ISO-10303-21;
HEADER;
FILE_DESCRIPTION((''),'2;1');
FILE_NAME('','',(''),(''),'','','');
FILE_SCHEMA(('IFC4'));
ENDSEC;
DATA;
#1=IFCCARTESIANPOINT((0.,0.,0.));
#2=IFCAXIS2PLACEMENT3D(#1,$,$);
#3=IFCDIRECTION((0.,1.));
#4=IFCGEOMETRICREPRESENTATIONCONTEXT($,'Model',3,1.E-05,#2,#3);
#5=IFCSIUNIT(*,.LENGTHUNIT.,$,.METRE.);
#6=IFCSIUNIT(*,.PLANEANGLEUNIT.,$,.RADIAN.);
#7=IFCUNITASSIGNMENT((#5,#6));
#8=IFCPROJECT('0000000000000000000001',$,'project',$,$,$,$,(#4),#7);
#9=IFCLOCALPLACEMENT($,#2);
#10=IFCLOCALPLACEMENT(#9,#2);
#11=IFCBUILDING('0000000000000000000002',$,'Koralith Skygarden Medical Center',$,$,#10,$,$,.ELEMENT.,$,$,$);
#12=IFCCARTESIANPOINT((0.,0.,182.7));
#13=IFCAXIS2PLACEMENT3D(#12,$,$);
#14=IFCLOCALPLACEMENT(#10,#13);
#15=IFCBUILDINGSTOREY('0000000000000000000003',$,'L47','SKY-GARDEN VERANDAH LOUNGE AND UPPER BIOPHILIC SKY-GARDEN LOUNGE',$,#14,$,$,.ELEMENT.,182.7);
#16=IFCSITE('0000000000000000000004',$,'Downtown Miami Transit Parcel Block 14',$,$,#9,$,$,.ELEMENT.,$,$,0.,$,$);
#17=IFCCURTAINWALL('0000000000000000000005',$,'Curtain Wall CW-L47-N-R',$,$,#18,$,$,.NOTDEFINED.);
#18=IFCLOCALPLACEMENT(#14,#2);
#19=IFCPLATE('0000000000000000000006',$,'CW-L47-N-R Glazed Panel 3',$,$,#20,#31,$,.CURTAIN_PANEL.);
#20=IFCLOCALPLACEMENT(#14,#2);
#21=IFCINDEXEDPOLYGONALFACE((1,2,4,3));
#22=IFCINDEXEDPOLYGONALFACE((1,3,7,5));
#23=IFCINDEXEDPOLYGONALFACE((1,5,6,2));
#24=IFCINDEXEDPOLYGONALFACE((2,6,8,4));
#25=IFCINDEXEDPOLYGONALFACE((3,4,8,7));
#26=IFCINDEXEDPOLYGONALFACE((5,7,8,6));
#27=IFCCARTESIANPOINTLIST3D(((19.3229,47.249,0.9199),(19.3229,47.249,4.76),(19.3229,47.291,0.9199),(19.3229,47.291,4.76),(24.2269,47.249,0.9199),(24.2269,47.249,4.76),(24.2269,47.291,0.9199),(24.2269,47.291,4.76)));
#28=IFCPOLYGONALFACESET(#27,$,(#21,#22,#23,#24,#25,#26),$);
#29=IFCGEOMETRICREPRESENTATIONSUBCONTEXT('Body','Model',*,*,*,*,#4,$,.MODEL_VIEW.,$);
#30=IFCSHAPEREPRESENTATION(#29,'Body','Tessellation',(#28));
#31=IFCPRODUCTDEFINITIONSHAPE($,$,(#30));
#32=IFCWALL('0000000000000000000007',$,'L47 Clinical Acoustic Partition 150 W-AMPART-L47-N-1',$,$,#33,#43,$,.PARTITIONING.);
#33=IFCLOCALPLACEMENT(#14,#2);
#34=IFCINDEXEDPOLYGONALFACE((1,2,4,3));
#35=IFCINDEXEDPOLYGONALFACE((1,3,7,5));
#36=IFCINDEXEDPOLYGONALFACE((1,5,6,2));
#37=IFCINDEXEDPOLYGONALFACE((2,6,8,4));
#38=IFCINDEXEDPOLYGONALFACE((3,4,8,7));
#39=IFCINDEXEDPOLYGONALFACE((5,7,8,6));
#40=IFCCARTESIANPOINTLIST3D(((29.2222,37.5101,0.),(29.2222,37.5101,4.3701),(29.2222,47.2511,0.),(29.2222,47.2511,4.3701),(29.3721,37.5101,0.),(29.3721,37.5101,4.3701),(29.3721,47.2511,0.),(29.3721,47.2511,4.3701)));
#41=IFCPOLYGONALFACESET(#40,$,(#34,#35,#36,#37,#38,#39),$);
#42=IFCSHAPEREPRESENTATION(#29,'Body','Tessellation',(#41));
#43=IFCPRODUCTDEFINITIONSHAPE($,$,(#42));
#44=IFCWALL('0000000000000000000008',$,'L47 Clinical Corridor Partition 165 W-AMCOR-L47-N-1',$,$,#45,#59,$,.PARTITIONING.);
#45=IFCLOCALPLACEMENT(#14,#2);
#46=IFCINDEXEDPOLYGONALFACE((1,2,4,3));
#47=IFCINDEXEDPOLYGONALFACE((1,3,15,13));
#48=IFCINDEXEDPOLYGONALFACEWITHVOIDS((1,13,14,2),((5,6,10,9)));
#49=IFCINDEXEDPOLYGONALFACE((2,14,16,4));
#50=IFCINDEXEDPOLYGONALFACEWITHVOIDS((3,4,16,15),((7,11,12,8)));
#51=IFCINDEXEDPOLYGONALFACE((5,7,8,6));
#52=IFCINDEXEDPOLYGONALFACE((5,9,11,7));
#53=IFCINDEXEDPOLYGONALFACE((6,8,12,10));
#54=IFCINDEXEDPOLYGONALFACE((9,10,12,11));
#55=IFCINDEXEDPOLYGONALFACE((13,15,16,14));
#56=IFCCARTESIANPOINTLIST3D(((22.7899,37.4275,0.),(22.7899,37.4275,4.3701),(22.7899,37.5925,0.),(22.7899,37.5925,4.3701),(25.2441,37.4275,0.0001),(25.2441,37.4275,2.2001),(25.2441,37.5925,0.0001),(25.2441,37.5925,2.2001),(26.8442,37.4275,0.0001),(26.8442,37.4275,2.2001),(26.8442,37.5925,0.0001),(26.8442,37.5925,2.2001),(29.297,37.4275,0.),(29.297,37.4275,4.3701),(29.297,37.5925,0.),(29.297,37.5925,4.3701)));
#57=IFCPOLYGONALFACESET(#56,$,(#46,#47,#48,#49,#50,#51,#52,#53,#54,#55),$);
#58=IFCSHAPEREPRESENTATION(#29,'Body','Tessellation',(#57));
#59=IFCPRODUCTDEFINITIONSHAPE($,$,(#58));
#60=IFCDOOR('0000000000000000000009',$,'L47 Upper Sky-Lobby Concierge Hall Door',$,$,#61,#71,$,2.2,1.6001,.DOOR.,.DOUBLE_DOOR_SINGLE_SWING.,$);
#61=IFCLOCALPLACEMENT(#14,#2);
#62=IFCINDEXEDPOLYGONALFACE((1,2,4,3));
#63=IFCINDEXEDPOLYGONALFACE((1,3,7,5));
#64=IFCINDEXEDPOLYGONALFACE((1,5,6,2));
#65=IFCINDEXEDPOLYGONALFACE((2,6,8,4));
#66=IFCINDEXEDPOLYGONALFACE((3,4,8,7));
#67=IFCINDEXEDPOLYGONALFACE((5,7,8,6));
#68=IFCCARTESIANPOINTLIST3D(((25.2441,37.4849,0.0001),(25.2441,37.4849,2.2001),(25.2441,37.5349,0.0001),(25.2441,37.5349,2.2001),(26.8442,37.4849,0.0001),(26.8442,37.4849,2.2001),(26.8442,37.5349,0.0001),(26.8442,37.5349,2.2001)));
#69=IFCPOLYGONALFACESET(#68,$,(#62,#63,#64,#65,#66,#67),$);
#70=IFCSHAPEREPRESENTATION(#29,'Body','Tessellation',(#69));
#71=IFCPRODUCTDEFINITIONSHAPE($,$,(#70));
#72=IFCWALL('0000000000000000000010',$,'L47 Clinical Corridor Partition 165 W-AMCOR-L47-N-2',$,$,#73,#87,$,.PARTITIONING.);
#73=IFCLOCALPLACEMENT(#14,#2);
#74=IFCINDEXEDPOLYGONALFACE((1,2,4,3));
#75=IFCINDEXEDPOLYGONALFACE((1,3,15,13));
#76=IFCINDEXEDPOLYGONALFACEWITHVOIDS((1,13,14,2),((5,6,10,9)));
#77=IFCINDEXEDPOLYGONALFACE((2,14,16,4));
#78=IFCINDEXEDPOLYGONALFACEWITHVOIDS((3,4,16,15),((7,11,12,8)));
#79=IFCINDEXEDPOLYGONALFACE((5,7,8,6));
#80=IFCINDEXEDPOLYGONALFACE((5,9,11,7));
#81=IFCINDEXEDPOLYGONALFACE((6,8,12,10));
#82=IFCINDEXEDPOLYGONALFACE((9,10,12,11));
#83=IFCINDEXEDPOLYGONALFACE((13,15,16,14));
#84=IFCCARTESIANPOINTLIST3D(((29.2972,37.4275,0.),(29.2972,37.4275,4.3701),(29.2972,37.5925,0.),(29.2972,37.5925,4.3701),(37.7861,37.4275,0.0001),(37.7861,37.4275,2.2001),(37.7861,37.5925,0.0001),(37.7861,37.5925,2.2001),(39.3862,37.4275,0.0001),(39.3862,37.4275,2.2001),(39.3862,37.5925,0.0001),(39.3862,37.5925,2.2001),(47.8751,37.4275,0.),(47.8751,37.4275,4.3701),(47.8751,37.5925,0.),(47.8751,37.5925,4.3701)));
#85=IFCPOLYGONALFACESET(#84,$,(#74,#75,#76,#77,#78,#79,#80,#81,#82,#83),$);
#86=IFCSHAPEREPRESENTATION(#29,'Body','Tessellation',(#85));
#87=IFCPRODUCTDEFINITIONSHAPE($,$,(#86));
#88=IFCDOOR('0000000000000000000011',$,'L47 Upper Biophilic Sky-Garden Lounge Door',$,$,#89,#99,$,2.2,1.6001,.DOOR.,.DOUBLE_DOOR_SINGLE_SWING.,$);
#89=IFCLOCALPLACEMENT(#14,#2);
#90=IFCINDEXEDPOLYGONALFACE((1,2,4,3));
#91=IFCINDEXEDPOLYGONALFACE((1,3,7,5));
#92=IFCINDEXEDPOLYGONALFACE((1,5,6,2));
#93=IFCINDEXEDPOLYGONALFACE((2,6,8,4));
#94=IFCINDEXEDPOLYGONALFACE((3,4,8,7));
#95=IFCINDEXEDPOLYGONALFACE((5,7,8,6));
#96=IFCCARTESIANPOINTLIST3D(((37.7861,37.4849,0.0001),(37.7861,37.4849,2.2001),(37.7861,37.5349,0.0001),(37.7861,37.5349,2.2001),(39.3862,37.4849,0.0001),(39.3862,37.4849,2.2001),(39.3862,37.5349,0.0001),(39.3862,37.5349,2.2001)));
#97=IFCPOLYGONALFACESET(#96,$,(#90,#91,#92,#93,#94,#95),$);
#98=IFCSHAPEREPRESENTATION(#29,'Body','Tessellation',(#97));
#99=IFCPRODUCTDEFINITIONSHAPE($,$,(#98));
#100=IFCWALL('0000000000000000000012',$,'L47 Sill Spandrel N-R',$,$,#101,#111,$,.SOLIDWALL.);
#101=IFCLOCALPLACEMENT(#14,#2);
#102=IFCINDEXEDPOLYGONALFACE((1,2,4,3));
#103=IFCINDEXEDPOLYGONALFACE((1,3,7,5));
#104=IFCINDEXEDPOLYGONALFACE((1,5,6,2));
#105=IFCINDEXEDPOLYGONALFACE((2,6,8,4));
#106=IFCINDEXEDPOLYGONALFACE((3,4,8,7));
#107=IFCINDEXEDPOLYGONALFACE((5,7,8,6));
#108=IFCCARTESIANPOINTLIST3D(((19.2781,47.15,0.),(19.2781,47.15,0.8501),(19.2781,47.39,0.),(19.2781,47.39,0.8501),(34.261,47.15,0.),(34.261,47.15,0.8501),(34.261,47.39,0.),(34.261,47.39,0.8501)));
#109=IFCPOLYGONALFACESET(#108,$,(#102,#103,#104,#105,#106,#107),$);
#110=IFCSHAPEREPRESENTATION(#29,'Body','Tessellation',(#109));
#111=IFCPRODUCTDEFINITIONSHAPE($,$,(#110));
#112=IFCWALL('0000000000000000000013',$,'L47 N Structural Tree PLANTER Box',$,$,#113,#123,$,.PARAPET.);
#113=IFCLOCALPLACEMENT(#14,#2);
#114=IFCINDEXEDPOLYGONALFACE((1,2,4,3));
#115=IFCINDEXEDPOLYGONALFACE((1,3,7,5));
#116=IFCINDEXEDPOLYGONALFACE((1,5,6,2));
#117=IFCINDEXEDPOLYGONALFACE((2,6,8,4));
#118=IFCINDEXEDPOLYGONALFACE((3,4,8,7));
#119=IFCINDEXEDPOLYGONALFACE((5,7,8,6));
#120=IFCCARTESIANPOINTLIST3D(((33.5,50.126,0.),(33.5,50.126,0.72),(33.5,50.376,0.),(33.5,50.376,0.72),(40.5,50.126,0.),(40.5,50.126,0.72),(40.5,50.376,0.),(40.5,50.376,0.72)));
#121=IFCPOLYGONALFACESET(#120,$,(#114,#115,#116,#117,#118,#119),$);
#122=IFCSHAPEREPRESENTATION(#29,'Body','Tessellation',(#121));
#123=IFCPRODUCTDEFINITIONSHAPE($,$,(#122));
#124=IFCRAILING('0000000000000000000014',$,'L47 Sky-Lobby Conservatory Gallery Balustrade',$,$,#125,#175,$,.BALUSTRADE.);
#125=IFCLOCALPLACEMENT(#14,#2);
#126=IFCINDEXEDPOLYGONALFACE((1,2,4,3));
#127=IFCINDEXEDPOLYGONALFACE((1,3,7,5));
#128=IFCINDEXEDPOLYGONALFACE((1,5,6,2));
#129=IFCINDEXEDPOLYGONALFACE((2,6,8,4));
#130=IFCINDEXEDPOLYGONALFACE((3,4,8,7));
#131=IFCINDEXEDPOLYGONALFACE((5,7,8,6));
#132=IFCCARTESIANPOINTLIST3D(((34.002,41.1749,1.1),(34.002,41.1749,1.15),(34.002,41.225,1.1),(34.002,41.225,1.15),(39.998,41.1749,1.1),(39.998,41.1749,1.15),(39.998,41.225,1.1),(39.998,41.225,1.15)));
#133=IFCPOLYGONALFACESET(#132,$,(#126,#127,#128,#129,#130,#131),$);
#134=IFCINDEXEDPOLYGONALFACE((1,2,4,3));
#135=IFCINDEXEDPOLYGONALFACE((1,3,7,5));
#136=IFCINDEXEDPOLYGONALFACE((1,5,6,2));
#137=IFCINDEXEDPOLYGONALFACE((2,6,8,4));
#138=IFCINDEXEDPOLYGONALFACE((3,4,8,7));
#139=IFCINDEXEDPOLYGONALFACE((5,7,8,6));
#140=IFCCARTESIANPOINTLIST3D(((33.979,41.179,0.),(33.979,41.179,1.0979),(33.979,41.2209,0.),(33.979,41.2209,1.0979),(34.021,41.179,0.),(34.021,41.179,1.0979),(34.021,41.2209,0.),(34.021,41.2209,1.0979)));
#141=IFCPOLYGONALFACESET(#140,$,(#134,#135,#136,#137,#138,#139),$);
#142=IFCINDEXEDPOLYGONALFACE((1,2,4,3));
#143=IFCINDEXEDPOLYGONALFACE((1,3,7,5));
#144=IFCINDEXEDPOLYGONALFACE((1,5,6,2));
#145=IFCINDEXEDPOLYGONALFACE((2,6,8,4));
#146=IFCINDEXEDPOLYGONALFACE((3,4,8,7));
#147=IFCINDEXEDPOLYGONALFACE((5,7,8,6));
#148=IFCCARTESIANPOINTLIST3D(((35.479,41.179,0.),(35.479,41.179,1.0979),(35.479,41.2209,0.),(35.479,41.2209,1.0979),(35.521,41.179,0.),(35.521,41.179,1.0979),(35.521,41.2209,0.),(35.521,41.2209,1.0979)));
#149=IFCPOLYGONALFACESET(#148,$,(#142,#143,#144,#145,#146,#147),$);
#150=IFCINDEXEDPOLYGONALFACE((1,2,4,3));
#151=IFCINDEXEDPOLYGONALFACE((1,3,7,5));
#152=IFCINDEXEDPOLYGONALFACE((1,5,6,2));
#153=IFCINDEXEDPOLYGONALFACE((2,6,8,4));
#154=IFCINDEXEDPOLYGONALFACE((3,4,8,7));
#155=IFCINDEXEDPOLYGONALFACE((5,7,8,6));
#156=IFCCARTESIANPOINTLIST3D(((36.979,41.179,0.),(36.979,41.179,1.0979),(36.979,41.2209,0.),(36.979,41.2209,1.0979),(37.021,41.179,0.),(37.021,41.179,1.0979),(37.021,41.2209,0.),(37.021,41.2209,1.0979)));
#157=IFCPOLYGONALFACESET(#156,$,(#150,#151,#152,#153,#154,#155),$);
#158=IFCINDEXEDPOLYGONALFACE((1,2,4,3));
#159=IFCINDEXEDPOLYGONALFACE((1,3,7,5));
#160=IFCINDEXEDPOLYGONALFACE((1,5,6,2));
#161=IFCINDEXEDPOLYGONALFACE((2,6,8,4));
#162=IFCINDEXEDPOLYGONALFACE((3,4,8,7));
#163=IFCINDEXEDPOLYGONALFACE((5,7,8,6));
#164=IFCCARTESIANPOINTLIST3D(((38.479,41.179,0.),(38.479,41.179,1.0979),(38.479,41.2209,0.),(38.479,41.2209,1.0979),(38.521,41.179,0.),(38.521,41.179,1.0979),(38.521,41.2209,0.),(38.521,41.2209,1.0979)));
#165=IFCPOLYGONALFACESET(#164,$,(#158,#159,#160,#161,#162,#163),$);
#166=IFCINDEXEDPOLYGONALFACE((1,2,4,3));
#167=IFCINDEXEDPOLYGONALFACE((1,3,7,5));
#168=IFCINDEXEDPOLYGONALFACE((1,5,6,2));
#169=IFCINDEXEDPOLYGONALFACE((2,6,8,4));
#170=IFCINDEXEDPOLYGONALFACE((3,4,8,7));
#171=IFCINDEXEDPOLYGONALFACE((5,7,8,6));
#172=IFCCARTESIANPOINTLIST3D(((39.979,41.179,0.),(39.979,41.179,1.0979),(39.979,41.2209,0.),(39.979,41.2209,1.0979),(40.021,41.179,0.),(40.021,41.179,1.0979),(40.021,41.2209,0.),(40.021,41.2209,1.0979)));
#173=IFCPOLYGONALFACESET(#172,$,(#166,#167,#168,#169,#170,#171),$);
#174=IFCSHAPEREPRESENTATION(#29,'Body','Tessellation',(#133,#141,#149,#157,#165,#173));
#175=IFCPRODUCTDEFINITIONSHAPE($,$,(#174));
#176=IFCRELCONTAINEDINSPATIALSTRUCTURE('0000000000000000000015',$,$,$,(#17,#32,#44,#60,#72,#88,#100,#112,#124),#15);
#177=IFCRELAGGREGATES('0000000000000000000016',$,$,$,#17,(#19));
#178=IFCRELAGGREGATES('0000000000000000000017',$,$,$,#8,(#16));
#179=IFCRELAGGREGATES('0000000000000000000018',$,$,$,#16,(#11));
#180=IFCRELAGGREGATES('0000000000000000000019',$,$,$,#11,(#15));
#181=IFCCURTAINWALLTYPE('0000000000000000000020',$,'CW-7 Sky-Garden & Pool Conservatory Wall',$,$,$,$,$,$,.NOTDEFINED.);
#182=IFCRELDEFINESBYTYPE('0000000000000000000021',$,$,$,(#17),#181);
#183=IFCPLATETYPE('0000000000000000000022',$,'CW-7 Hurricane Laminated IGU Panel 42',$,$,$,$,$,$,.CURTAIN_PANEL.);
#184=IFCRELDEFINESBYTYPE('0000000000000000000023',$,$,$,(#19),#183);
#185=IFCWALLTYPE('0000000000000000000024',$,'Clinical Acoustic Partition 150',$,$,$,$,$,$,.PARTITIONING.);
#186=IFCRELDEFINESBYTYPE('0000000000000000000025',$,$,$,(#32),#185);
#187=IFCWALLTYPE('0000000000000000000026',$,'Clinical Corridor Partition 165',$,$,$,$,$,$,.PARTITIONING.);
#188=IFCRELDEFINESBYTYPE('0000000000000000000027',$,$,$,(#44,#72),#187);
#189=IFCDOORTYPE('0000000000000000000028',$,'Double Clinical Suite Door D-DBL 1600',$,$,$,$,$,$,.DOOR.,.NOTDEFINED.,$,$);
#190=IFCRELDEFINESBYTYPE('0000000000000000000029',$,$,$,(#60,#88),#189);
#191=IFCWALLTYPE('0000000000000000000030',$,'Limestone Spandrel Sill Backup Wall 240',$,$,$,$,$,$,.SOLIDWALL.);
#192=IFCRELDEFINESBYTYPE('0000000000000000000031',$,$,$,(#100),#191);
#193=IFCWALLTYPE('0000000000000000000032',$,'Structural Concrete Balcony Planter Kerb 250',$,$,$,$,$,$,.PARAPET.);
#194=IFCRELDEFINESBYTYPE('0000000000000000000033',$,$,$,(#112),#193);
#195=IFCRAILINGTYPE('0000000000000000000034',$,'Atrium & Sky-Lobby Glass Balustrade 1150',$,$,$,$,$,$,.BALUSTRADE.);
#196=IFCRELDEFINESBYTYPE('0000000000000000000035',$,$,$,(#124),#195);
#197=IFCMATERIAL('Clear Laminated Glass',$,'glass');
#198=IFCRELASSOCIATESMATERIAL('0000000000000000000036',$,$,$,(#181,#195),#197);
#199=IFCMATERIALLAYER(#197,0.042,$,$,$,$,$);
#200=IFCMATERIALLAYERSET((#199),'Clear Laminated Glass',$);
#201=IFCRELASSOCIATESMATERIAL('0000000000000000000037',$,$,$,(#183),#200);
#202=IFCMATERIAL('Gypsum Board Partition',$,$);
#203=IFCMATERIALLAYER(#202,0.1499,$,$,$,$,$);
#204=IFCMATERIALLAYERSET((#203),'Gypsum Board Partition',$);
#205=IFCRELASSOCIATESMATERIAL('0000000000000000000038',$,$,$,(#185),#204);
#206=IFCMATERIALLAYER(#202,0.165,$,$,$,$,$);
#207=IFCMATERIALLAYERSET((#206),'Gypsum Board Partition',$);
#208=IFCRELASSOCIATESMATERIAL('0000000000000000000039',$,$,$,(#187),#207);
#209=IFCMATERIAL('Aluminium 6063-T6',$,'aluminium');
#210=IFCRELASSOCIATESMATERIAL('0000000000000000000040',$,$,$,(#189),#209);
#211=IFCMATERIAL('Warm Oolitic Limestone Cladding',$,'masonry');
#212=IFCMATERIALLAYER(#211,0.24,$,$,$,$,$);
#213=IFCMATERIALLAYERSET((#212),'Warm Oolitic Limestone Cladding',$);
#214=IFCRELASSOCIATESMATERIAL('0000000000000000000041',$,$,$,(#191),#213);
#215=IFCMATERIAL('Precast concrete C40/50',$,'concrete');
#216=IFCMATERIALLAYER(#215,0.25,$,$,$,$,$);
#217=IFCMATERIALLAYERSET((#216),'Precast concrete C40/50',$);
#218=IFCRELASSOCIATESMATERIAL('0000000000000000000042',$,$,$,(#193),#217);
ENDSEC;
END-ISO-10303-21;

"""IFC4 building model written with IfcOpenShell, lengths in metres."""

from ifc_helpers import new_model, si_unit, direction, frame, frame_2d, origin, origin_2d, place, context, subcontext, project, spatial, rectangle, extrude, material, layer, layer_set, type_object, element, fill, aggregate, save


model = new_model("IFC4")

# Units and contexts
model_context = context("Model", 3, precision=1e-05, world=origin(), true_north=direction((0.0, 1.0)))
body_context = subcontext(model_context, "Body", "Model", "MODEL_VIEW")
ifc_project = project(units=[si_unit("LENGTHUNIT", "METRE"), si_unit("PLANEANGLEUNIT", "RADIAN")], contexts=[model_context])

# Site, building, storey
site_placement = place(None, origin())
site = spatial("IfcSite", under=ifc_project, at=site_placement, Name="Downtown Miami Transit Parcel Block 14", CompositionType="ELEMENT", RefElevation=0.0)
building_placement = place(site_placement, origin())
building = spatial("IfcBuilding", under=site, at=building_placement, Name="Koralith Skygarden Medical Center", CompositionType="ELEMENT")
storey_placement = place(building_placement, frame((0.0, 0.0, 182.7)))
storey = spatial("IfcBuildingStorey", under=building, at=storey_placement, Name="L47", Description="SKY-GARDEN VERANDAH LOUNGE AND UPPER BIOPHILIC SKY-GARDEN LOUNGE", CompositionType="ELEMENT", Elevation=182.7)

# Curtain wall
ifc_material_1 = material(Name="Clear Laminated Glass", Category="glass")
curtain_wall_type = type_object("IfcCurtainWallType", Name="CW-7 Sky-Garden & Pool Conservatory Wall", PredefinedType="NOTDEFINED", material=ifc_material_1)
curtain_wall_placement = place(storey_placement, origin())
curtain_wall = element("IfcCurtainWall", 1, at=curtain_wall_placement, inside=storey, type_object=curtain_wall_type, Name="Curtain Wall CW-L47-N-R", PredefinedType="NOTDEFINED")
ifc_material_2 = material(Name="Aluminium 6063-T6", Category="aluminium")

# Plate
ifc_layer_1 = layer(ifc_material_1, 0.042)
ifc_layer_set_1 = layer_set([ifc_layer_1], Name="Clear Laminated Glass")
plate_type = type_object("IfcPlateType", Name="CW-7 Hurricane Laminated IGU Panel 42", PredefinedType="CURTAIN_PANEL", material=ifc_layer_set_1)
plate_1_placement = place(storey_placement, frame((21.7749, 47.27, 0.9199), z_axis=(0.0, 0.0, 1.0), x_axis=(-1.0, 0.0, 0.0)))
plate_1 = element("IfcPlate", 2, at=plate_1_placement, type_object=plate_type, Name="CW-L47-N-R Glazed Panel 3", PredefinedType="CURTAIN_PANEL", context=body_context, shape_type="SweptSolid", body=[
    extrude(rectangle(XDim=4.9041, YDim=0.042, at=origin_2d()), origin(), (0.0, 0.0, 1.0), 3.8401),
])
aggregate(curtain_wall, [plate_1])

# Wall
ifc_material_3 = material(Name="Gypsum Board Partition")
ifc_layer_2 = layer(ifc_material_3, 0.1499)
ifc_layer_set_2 = layer_set([ifc_layer_2], Name="Gypsum Board Partition")
wall_type_1 = type_object("IfcWallType", Name="Clinical Acoustic Partition 150", PredefinedType="PARTITIONING", material=ifc_layer_set_2)
wall_1_placement = place(storey_placement, frame((29.2971, 37.51, 0.0), z_axis=(0.0, 0.0, 1.0), x_axis=(0.0, 1.0, 0.0)))
element("IfcWall", 3, at=wall_1_placement, inside=storey, type_object=wall_type_1, Name="L47 Clinical Acoustic Partition 150 W-AMPART-L47-N-1", PredefinedType="PARTITIONING", context=body_context, shape_type="SweptSolid", body=[
    extrude(rectangle(XDim=9.741, YDim=0.1499, at=frame_2d((4.8706, 0.0))), origin(), (0.0, 0.0, 1.0), 4.3701),
])

# Walls, openings, doors
ifc_layer_3 = layer(ifc_material_3, 0.165)
ifc_layer_set_3 = layer_set([ifc_layer_3], Name="Gypsum Board Partition")
wall_type_2 = type_object("IfcWallType", Name="Clinical Corridor Partition 165", PredefinedType="PARTITIONING", material=ifc_layer_set_3)
wall_2_placement = place(storey_placement, frame((22.79, 37.51, 0.0), z_axis=(0.0, 0.0, 1.0), x_axis=(1.0, 0.0, 0.0)))
wall_2 = element("IfcWall", 4, at=wall_2_placement, inside=storey, type_object=wall_type_2, Name="L47 Clinical Corridor Partition 165 W-AMCOR-L47-N-1", PredefinedType="PARTITIONING", context=body_context, shape_type="SweptSolid", body=[
    extrude(rectangle(XDim=6.5071, YDim=0.165, at=frame_2d((3.2534, 0.0))), origin(), (0.0, 0.0, 1.0), 4.3701),
])
opening_1_placement = place(wall_2_placement, frame((2.4541, 0.0, 0.0)))
opening_1 = element("IfcOpeningElement", 5, at=opening_1_placement, cuts=wall_2, PredefinedType="OPENING", context=body_context, shape_type="SweptSolid", body=[
    extrude(rectangle(XDim=1.6001, YDim=2.2, at=frame_2d((0.8, 1.1001))), frame((0.0, 0.0925, 0.0), z_axis=(0.0, -1.0, 0.0), x_axis=(1.0, 0.0, 0.0)), (0.0, 0.0, 1.0), 0.1851),
])
door_type = type_object("IfcDoorType", Name="Double Clinical Suite Door D-DBL 1600", OperationType="NOTDEFINED", PredefinedType="DOOR", material=ifc_material_2)
door_1_placement = place(opening_1_placement, origin())
door_1 = element("IfcDoor", 6, at=door_1_placement, inside=storey, type_object=door_type, Name="L47 Upper Sky-Lobby Concierge Hall Door", OperationType="DOUBLE_DOOR_SINGLE_SWING", OverallHeight=2.2, OverallWidth=1.6001, PredefinedType="DOOR", context=body_context, shape_type="SweptSolid", body=[
    extrude(rectangle(XDim=1.6001, YDim=2.2, at=frame_2d((0.8, 1.1001))), frame((0.0, 0.0249, 0.0), z_axis=(0.0, -1.0, 0.0), x_axis=(1.0, 0.0, 0.0)), (0.0, 0.0, 1.0), 0.05),
])
fill(opening_1, door_1)
wall_3_placement = place(storey_placement, frame((29.2971, 37.51, 0.0), z_axis=(0.0, 0.0, 1.0), x_axis=(1.0, 0.0, 0.0)))
wall_3 = element("IfcWall", 7, at=wall_3_placement, inside=storey, type_object=wall_type_2, Name="L47 Clinical Corridor Partition 165 W-AMCOR-L47-N-2", PredefinedType="PARTITIONING", context=body_context, shape_type="SweptSolid", body=[
    extrude(rectangle(XDim=18.5779, YDim=0.165, at=frame_2d((9.2891, 0.0))), origin(), (0.0, 0.0, 1.0), 4.3701),
])
opening_2_placement = place(wall_3_placement, frame((8.489, 0.0, 0.0)))
opening_2 = element("IfcOpeningElement", 8, at=opening_2_placement, cuts=wall_3, PredefinedType="OPENING", context=body_context, shape_type="SweptSolid", body=[
    extrude(rectangle(XDim=1.6001, YDim=2.2, at=frame_2d((0.8, 1.1001))), frame((0.0, 0.0925, 0.0), z_axis=(0.0, -1.0, 0.0), x_axis=(1.0, 0.0, 0.0)), (0.0, 0.0, 1.0), 0.1851),
])
door_2_placement = place(opening_2_placement, origin())
door_2 = element("IfcDoor", 9, at=door_2_placement, inside=storey, type_object=door_type, Name="L47 Upper Biophilic Sky-Garden Lounge Door", OperationType="DOUBLE_DOOR_SINGLE_SWING", OverallHeight=2.2, OverallWidth=1.6001, PredefinedType="DOOR", context=body_context, shape_type="SweptSolid", body=[
    extrude(rectangle(XDim=1.6001, YDim=2.2, at=frame_2d((0.8, 1.1001))), frame((0.0, 0.0249, 0.0), z_axis=(0.0, -1.0, 0.0), x_axis=(1.0, 0.0, 0.0)), (0.0, 0.0, 1.0), 0.05),
])
fill(opening_2, door_2)

# Walls
ifc_material_4 = material(Name="Warm Oolitic Limestone Cladding", Category="masonry")
ifc_layer_4 = layer(ifc_material_4, 0.24)
ifc_layer_set_4 = layer_set([ifc_layer_4], Name="Warm Oolitic Limestone Cladding")
wall_type_3 = type_object("IfcWallType", Name="Limestone Spandrel Sill Backup Wall 240", PredefinedType="SOLIDWALL", material=ifc_layer_set_4)
wall_4_placement = place(storey_placement, frame((34.261, 47.27, 0.0), z_axis=(0.0, 0.0, 1.0), x_axis=(-1.0, 0.0, 0.0)))
element("IfcWall", 10, at=wall_4_placement, inside=storey, type_object=wall_type_3, Name="L47 Sill Spandrel N-R", PredefinedType="SOLIDWALL", context=body_context, shape_type="SweptSolid", body=[
    extrude(rectangle(XDim=14.9829, YDim=0.24, at=frame_2d((7.4915, 0.0))), origin(), (0.0, 0.0, 1.0), 0.8501),
])
ifc_material_5 = material(Name="Precast concrete C40/50", Category="concrete")
ifc_layer_5 = layer(ifc_material_5, 0.25)
ifc_layer_set_5 = layer_set([ifc_layer_5], Name="Precast concrete C40/50")
wall_type_4 = type_object("IfcWallType", Name="Structural Concrete Balcony Planter Kerb 250", PredefinedType="PARAPET", material=ifc_layer_set_5)
wall_5_placement = place(storey_placement, frame((33.5, 50.251, 0.0), z_axis=(0.0, 0.0, 1.0), x_axis=(1.0, 0.0, 0.0)))
element("IfcWall", 11, at=wall_5_placement, inside=storey, type_object=wall_type_4, Name="L47 N Structural Tree PLANTER Box", PredefinedType="PARAPET", context=body_context, shape_type="SweptSolid", body=[
    extrude(rectangle(XDim=7.0, YDim=0.25, at=frame_2d((3.5, 0.0))), origin(), (0.0, 0.0, 1.0), 0.72),
])

# Railing
railing_type = type_object("IfcRailingType", Name="Atrium & Sky-Lobby Glass Balustrade 1150", PredefinedType="BALUSTRADE", material=ifc_material_1)
railing_placement = place(storey_placement, frame((34.0, 41.2, 0.0)))
element("IfcRailing", 12, at=railing_placement, inside=storey, type_object=railing_type, Name="L47 Sky-Lobby Conservatory Gallery Balustrade", PredefinedType="BALUSTRADE", context=body_context, shape_type="SweptSolid", body=[
    extrude(rectangle(XDim=0.05, YDim=0.05, at=origin_2d()), frame((0.002, 0.0, 1.125), z_axis=(1.0, 0.0, 0.0), x_axis=(0.0, 1.0, 0.0)), (0.0, 0.0, 1.0), 5.9961),
    extrude(rectangle(XDim=0.042, YDim=0.042, at=origin_2d()), origin(), (0.0, 0.0, 1.0), 1.0979),
    extrude(rectangle(XDim=0.042, YDim=0.042, at=origin_2d()), frame((1.5, 0.0, 0.0)), (0.0, 0.0, 1.0), 1.0979),
    extrude(rectangle(XDim=0.042, YDim=0.042, at=origin_2d()), frame((3.0, 0.0, 0.0)), (0.0, 0.0, 1.0), 1.0979),
    extrude(rectangle(XDim=0.042, YDim=0.042, at=origin_2d()), frame((4.5, 0.0, 0.0)), (0.0, 0.0, 1.0), 1.0979),
    extrude(rectangle(XDim=0.042, YDim=0.042, at=origin_2d()), frame((6.0, 0.0, 0.0)), (0.0, 0.0, 1.0), 1.0979),
])

save(model, "model.ifc")
